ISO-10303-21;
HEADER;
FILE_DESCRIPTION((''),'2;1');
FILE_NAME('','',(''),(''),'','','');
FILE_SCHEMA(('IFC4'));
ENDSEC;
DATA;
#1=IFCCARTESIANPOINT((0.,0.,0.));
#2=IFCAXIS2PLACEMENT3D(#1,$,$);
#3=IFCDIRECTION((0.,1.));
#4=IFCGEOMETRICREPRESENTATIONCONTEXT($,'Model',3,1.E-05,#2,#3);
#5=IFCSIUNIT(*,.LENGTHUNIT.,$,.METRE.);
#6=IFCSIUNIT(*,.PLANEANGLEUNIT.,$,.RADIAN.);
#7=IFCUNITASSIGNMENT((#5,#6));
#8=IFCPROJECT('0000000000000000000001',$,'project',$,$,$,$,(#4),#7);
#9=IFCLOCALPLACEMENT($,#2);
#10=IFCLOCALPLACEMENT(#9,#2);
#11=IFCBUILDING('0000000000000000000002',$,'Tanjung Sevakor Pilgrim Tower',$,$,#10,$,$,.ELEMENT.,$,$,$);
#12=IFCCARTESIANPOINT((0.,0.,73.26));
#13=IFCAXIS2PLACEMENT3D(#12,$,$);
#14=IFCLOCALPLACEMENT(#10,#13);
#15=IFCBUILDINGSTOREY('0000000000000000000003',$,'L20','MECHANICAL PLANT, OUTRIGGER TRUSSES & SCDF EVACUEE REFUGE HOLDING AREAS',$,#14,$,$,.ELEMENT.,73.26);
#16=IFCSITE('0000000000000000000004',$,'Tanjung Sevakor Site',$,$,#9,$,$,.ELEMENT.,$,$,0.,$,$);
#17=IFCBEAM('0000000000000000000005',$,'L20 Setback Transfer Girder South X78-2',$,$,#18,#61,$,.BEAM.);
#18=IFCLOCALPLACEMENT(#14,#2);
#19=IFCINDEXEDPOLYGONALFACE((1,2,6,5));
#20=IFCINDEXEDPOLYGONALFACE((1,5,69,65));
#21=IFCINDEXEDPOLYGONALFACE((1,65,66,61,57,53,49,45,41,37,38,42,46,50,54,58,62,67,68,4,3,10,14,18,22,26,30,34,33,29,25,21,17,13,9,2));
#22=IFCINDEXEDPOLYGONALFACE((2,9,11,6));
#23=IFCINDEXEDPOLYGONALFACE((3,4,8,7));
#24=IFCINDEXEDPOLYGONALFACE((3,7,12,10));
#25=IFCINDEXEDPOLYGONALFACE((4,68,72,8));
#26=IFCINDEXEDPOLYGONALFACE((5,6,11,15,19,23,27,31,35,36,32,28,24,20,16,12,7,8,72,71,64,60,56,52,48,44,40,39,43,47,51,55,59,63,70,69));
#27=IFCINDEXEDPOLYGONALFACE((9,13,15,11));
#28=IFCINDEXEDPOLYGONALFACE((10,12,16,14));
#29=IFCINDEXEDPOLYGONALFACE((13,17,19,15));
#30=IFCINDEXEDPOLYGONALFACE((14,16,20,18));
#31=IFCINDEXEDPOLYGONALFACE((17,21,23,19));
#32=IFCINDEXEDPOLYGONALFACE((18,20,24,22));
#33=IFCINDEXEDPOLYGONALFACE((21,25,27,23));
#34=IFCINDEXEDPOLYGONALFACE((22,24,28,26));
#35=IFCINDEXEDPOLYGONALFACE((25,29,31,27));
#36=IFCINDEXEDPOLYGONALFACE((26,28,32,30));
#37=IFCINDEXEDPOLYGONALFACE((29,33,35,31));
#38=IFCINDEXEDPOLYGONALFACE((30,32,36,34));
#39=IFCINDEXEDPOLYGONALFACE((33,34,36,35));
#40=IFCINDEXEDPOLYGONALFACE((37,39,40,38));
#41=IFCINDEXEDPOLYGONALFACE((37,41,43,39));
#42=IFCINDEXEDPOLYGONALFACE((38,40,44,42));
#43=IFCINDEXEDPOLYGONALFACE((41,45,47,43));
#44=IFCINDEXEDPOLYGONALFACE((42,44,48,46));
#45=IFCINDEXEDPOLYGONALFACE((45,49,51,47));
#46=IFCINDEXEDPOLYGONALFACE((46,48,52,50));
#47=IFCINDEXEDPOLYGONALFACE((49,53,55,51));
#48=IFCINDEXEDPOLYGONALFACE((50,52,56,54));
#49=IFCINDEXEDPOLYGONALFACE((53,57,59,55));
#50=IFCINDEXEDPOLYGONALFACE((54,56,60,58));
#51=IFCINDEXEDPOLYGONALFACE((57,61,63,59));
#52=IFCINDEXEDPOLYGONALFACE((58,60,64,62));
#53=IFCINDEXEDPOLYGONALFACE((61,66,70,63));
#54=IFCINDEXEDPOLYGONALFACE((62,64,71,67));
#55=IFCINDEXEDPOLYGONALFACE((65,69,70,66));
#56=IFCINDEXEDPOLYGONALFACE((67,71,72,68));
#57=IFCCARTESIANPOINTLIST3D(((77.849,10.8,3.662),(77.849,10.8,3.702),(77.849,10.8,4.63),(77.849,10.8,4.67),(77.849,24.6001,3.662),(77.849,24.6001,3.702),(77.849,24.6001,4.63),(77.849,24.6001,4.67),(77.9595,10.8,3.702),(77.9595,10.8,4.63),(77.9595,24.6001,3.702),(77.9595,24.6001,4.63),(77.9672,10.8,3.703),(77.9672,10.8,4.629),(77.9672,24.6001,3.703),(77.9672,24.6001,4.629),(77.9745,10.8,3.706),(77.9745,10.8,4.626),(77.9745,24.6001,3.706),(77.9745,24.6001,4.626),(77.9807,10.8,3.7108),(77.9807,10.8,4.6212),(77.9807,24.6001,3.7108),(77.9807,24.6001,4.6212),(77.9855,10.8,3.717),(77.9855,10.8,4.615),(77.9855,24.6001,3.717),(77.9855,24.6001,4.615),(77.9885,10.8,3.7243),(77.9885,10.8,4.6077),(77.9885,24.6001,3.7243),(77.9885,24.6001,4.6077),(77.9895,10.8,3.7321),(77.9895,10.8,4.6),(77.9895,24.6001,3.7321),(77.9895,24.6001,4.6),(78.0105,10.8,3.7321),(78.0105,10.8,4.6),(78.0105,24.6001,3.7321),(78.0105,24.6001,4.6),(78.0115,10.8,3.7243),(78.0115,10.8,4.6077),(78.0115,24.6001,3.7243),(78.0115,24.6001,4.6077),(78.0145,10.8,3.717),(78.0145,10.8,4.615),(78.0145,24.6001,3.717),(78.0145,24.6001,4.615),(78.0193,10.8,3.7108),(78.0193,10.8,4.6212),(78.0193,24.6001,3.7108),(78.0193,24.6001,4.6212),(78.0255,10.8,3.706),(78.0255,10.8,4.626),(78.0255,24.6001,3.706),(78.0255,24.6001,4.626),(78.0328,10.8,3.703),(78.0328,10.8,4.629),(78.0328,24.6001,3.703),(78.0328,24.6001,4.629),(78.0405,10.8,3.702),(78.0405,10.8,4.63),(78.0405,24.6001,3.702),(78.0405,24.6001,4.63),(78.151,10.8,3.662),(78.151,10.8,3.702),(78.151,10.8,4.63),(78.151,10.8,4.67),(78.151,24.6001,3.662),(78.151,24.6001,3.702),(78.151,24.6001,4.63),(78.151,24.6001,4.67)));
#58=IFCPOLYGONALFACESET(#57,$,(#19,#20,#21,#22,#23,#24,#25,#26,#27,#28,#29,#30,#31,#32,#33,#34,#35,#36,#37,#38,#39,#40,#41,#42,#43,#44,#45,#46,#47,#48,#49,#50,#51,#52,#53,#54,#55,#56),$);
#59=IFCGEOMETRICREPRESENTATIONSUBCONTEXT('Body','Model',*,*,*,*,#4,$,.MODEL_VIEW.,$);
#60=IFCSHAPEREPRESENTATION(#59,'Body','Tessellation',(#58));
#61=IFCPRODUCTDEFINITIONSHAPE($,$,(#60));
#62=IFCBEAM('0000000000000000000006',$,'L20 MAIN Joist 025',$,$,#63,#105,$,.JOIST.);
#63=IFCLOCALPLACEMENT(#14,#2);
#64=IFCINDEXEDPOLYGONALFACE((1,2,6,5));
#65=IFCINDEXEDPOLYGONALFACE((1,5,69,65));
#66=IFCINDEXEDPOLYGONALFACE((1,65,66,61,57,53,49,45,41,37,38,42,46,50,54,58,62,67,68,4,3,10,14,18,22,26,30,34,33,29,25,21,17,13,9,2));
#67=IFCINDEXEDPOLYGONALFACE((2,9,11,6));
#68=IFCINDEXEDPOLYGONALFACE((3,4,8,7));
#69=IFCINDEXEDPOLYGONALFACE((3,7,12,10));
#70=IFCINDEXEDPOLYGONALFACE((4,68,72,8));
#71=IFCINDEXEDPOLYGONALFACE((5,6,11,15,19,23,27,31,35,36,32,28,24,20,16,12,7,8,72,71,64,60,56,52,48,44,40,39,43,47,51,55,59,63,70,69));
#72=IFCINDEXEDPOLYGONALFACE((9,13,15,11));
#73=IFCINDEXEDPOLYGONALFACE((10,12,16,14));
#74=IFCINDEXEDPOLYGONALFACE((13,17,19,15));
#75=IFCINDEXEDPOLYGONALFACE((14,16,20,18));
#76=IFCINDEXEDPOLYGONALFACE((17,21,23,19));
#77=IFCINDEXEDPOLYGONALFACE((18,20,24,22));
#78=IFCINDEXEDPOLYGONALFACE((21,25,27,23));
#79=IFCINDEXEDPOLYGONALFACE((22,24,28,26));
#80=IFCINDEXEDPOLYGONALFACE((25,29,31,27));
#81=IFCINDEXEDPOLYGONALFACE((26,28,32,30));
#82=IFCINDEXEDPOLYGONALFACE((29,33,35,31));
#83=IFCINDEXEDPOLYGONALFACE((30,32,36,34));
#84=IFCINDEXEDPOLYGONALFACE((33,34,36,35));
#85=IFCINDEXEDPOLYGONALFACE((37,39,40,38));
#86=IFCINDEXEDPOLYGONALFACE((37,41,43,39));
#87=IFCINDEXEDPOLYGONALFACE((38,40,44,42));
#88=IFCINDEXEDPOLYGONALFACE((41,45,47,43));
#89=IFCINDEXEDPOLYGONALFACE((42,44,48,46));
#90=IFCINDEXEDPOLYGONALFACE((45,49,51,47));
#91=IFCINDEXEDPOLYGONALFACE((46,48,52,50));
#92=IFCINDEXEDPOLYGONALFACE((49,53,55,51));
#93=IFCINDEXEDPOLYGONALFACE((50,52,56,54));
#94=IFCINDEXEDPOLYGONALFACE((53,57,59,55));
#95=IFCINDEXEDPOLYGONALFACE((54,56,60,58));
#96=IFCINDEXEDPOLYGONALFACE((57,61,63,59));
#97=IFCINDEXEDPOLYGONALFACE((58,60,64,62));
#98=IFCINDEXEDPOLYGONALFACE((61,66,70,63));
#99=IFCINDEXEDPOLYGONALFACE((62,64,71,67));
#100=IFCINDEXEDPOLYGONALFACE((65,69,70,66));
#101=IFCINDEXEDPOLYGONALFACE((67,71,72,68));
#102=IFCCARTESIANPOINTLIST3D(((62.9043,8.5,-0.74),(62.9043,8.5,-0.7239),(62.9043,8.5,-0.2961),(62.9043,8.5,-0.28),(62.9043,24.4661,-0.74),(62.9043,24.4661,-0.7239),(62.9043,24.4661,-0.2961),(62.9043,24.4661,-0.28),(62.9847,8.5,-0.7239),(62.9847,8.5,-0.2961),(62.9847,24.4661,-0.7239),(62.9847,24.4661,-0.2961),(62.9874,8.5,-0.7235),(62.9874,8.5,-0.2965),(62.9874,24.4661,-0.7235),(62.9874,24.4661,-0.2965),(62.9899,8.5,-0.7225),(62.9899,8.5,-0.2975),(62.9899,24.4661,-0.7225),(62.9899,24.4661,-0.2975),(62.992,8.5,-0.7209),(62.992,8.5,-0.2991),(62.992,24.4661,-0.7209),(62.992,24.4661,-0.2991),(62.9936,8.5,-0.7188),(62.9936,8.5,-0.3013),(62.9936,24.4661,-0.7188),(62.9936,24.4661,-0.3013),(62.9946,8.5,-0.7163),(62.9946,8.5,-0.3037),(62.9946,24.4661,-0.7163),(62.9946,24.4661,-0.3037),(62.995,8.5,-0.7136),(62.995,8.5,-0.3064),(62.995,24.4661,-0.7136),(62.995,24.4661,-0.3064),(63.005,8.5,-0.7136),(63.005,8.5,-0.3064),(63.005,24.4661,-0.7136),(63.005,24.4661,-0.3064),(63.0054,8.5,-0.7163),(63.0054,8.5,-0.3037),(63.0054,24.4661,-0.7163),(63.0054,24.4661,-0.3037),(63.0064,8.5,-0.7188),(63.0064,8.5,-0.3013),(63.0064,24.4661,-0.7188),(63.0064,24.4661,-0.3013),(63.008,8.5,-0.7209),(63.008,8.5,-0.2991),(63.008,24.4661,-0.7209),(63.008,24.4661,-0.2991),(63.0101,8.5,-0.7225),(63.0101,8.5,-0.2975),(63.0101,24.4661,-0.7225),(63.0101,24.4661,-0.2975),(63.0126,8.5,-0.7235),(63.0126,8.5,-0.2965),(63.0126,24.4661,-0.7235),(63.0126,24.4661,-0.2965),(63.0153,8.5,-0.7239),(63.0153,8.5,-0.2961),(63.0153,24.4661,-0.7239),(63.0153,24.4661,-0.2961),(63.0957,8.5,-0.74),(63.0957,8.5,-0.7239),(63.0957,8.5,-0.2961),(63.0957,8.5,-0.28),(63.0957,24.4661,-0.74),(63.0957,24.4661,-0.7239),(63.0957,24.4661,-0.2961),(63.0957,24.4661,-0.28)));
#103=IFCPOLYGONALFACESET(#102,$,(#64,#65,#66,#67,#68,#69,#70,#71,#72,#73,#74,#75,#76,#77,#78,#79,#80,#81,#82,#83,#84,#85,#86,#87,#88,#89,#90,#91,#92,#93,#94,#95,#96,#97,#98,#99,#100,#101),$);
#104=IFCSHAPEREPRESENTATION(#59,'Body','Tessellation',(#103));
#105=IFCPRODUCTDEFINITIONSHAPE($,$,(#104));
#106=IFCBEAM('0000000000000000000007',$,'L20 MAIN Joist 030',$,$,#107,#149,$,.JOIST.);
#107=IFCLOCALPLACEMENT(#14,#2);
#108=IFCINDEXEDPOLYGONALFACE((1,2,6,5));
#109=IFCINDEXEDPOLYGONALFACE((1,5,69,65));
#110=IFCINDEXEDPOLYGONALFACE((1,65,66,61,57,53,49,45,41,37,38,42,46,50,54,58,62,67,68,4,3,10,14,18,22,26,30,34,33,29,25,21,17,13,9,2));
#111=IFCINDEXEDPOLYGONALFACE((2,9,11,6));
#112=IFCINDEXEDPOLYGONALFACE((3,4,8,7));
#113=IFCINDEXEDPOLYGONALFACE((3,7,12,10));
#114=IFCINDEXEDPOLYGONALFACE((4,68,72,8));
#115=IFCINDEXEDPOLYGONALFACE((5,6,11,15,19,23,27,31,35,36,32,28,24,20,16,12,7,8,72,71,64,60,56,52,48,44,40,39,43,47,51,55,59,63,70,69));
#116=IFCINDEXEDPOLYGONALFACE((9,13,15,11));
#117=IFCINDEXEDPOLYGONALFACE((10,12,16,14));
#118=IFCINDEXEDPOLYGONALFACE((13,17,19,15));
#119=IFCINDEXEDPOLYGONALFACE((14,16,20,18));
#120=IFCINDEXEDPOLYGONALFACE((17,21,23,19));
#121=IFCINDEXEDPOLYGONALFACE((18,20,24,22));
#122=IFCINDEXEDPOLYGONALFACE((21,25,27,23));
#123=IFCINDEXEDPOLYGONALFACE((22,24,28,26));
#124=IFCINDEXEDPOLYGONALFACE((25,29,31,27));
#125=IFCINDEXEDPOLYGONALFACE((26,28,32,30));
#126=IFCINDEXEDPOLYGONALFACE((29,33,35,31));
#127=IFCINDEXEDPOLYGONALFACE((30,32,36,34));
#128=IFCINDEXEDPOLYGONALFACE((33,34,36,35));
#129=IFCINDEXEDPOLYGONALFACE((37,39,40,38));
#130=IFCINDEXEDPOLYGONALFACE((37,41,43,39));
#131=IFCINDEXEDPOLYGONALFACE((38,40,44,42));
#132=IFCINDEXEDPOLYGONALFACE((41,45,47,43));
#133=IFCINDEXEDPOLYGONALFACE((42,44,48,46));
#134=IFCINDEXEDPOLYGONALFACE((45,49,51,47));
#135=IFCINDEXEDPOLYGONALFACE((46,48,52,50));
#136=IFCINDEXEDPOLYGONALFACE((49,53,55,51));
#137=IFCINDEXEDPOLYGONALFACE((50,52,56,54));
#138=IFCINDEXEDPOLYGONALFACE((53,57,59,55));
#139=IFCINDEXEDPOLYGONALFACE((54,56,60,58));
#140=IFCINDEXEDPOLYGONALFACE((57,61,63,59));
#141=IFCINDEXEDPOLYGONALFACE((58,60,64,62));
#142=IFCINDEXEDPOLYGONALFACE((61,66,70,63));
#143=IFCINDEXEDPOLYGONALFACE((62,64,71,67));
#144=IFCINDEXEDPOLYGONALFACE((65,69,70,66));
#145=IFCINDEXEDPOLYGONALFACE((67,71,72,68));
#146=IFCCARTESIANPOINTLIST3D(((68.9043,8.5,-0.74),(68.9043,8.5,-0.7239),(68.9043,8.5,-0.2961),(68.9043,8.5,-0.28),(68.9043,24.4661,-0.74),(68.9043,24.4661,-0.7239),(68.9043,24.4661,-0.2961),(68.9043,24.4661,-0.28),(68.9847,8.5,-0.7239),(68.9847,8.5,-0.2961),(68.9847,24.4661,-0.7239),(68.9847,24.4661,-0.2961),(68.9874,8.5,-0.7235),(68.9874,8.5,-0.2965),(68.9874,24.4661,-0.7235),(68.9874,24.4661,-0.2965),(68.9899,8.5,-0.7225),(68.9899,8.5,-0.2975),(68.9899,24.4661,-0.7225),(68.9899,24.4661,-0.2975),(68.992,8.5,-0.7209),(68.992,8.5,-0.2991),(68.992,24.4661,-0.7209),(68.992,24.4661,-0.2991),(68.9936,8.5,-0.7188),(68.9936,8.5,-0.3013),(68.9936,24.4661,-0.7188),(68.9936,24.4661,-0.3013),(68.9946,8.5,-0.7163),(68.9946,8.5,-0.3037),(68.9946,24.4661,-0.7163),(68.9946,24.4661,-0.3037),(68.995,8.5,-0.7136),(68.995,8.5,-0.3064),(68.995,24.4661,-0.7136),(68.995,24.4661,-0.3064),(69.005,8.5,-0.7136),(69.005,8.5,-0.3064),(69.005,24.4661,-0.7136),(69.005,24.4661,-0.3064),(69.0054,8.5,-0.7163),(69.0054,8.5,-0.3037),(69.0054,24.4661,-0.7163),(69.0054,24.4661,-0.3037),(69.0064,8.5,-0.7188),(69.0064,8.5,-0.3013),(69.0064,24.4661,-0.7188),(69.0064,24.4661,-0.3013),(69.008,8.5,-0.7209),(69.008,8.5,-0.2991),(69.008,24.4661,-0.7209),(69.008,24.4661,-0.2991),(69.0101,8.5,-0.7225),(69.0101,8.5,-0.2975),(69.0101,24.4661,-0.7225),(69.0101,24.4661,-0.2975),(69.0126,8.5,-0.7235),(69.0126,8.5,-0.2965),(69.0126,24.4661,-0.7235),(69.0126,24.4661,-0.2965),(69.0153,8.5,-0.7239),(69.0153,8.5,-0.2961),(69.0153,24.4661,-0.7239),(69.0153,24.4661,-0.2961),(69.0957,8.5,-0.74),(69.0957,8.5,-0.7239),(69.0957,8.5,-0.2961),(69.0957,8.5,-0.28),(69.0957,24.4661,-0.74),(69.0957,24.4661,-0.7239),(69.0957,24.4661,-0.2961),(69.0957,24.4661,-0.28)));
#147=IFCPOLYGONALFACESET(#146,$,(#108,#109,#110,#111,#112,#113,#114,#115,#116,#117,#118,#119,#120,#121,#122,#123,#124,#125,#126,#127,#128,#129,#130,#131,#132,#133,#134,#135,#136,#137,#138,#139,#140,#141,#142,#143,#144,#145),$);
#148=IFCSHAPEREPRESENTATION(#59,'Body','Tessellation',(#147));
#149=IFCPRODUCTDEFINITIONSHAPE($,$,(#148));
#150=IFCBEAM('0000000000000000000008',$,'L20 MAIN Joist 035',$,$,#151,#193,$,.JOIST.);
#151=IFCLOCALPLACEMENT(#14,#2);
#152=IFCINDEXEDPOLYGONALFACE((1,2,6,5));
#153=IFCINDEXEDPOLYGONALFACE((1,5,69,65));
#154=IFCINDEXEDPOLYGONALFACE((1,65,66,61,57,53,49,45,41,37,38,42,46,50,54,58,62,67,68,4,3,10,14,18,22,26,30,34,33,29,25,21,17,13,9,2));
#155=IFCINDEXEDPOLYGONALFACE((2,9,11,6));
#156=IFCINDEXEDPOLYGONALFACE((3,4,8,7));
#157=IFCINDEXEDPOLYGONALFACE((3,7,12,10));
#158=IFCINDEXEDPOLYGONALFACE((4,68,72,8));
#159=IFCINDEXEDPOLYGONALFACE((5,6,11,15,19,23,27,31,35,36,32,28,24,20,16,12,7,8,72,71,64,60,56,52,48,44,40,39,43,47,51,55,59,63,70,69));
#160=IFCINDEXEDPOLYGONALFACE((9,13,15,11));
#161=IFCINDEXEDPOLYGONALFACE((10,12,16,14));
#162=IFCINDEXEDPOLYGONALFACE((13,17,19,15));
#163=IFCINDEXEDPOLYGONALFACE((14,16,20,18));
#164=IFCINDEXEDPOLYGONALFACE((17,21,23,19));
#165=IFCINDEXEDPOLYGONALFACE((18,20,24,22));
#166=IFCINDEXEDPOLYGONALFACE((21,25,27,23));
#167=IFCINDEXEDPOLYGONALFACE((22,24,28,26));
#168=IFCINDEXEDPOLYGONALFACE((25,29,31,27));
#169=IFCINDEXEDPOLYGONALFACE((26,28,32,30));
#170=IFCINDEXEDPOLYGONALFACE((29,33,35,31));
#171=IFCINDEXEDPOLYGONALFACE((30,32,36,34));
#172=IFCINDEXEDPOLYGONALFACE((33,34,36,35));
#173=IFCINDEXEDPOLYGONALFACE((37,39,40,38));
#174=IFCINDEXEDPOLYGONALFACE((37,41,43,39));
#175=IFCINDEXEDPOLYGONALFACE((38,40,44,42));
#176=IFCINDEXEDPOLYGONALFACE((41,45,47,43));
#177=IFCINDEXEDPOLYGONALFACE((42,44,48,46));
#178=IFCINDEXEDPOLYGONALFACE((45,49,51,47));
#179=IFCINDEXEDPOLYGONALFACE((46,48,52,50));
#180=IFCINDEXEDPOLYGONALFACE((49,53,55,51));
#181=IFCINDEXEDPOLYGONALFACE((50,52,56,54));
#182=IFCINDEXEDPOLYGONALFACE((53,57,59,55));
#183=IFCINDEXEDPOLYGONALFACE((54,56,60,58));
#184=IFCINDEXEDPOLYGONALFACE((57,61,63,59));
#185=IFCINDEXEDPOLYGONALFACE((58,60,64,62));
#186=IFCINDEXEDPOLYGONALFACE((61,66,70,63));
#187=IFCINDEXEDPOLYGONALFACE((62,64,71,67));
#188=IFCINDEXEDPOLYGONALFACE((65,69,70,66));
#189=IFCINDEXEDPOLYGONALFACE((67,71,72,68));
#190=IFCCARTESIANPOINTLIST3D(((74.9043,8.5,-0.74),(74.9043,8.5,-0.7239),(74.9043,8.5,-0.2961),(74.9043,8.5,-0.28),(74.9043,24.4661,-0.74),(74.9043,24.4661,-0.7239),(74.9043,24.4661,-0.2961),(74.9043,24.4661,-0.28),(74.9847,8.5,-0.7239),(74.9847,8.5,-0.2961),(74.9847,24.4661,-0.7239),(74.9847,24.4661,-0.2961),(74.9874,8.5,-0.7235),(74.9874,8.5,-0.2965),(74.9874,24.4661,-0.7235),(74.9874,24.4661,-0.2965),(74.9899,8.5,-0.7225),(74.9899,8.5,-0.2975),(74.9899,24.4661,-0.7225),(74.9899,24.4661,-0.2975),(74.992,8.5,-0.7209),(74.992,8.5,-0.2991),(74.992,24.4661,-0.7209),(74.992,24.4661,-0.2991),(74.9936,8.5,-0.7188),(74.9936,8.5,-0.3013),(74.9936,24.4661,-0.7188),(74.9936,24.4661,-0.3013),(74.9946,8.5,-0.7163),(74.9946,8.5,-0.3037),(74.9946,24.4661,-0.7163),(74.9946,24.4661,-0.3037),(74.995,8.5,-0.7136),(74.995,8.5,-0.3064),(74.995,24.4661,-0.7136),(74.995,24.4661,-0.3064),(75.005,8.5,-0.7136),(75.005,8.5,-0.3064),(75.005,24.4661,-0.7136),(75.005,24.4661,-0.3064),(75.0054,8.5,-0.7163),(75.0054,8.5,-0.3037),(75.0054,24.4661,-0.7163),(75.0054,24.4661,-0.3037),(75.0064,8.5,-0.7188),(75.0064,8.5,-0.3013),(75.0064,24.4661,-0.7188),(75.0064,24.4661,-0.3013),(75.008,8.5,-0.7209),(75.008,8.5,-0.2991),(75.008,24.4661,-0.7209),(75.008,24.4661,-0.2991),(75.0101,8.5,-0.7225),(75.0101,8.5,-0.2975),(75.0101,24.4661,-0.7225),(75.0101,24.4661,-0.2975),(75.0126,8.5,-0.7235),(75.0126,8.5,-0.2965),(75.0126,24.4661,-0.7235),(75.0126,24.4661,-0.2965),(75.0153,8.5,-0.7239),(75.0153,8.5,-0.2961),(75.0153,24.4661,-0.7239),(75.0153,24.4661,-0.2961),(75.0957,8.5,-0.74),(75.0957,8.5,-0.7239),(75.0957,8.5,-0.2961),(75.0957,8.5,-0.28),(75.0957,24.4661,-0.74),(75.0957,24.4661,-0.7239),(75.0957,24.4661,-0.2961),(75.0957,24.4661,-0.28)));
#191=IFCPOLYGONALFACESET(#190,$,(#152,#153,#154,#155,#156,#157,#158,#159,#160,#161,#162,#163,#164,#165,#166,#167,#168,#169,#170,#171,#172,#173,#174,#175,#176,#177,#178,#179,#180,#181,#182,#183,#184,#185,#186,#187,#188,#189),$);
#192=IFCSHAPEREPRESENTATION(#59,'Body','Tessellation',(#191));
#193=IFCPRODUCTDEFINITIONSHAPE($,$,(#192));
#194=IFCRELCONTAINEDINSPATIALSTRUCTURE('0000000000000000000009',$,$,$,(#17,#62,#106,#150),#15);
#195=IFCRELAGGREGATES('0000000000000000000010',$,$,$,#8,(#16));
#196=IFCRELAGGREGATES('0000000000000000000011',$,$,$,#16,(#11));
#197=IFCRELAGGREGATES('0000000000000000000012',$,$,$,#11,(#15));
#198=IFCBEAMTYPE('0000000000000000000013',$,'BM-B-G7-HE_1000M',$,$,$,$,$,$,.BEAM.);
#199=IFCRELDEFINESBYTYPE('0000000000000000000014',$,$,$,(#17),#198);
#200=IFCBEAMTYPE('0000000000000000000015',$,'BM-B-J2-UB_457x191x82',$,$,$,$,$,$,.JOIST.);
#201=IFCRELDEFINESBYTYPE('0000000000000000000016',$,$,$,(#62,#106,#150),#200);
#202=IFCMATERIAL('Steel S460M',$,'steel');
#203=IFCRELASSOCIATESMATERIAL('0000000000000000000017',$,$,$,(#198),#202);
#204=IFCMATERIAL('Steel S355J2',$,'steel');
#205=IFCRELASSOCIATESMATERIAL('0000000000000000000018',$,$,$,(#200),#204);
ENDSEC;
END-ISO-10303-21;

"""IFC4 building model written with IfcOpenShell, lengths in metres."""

from ifc_helpers import new_model, si_unit, direction, frame, origin, origin_2d, place, context, subcontext, project, spatial, i_section, extrude, material, material_profile, profile_set, type_object, element, save


model = new_model("IFC4")

# Units and contexts
model_context = context("Model", 3, precision=1e-05, world=origin(), true_north=direction((0.0, 1.0)))
body_context = subcontext(model_context, "Body", "Model", "MODEL_VIEW")
ifc_project = project(units=[si_unit("LENGTHUNIT", "METRE"), si_unit("PLANEANGLEUNIT", "RADIAN")], contexts=[model_context])

# Site, building, storey
site_placement = place(None, origin())
site = spatial("IfcSite", under=ifc_project, at=site_placement, Name="Tanjung Sevakor Site", CompositionType="ELEMENT", RefElevation=0.0)
building_placement = place(site_placement, origin())
building = spatial("IfcBuilding", under=site, at=building_placement, Name="Tanjung Sevakor Pilgrim Tower", CompositionType="ELEMENT")
storey_placement = place(building_placement, frame((0.0, 0.0, 73.26)))
storey = spatial("IfcBuildingStorey", under=building, at=storey_placement, Name="L20", Description="MECHANICAL PLANT, OUTRIGGER TRUSSES & SCDF EVACUEE REFUGE HOLDING AREAS", CompositionType="ELEMENT", Elevation=73.26)

# Beams
ifc_material_1 = material(Name="Steel S460M", Category="steel")
ifc_material_profile_1 = material_profile(ifc_material_1, i_section(OverallWidth=0.302, OverallDepth=1.0081, WebThickness=0.021, FlangeThickness=0.04, FilletRadius=0.03, at=origin_2d()))
ifc_profile_set_1 = profile_set([ifc_material_profile_1], Name="Steel S460M")
beam_type_1 = type_object("IfcBeamType", Name="BM-B-G7-HE_1000M", PredefinedType="BEAM", material=ifc_profile_set_1)
beam_1_placement = place(storey_placement, frame((78.0, 10.8, 4.166), z_axis=(0.0, 1.0, 0.0), x_axis=(-1.0, 0.0, 0.0)))
element("IfcBeam", 1, at=beam_1_placement, inside=storey, type_object=beam_type_1, Name="L20 Setback Transfer Girder South X78-2", PredefinedType="BEAM", context=body_context, shape_type="SweptSolid", body=[
    extrude(i_section(OverallWidth=0.302, OverallDepth=1.0081, WebThickness=0.021, FlangeThickness=0.04, FilletRadius=0.03, at=origin_2d()), origin(), (0.0, 0.0, 1.0), 13.8),
])
ifc_material_2 = material(Name="Steel S355J2", Category="steel")
ifc_material_profile_2 = material_profile(ifc_material_2, i_section(OverallWidth=0.1914, OverallDepth=0.46, WebThickness=0.01, FlangeThickness=0.0161, FilletRadius=0.0103, at=origin_2d()))
ifc_profile_set_2 = profile_set([ifc_material_profile_2], Name="Steel S355J2")
beam_type_2 = type_object("IfcBeamType", Name="BM-B-J2-UB_457x191x82", PredefinedType="JOIST", material=ifc_profile_set_2)
for number, where, z_axis, x_axis, name in (
    (2, (63.0, 8.5, -0.51), (0.0, 1.0, 0.0), (-1.0, 0.0, 0.0), "L20 MAIN Joist 025"),
    (3, (69.0, 8.5, -0.51), (0.0, 1.0, 0.0), (-1.0, 0.0, 0.0), "L20 MAIN Joist 030"),
    (4, (75.0, 8.5, -0.51), (0.0, 1.0, 0.0), (-1.0, 0.0, 0.0), "L20 MAIN Joist 035"),
):
    element("IfcBeam", number, at=place(storey_placement, frame(where, z_axis=z_axis, x_axis=x_axis)), inside=storey, type_object=beam_type_2, Name=name, PredefinedType="JOIST", context=body_context, shape_type="SweptSolid", body=[
        extrude(i_section(OverallWidth=0.1914, OverallDepth=0.46, WebThickness=0.01, FlangeThickness=0.0161, FilletRadius=0.0103, at=origin_2d()), origin(), (0.0, 0.0, 1.0), 15.9661),
    ])

save(model, "model.ifc")
